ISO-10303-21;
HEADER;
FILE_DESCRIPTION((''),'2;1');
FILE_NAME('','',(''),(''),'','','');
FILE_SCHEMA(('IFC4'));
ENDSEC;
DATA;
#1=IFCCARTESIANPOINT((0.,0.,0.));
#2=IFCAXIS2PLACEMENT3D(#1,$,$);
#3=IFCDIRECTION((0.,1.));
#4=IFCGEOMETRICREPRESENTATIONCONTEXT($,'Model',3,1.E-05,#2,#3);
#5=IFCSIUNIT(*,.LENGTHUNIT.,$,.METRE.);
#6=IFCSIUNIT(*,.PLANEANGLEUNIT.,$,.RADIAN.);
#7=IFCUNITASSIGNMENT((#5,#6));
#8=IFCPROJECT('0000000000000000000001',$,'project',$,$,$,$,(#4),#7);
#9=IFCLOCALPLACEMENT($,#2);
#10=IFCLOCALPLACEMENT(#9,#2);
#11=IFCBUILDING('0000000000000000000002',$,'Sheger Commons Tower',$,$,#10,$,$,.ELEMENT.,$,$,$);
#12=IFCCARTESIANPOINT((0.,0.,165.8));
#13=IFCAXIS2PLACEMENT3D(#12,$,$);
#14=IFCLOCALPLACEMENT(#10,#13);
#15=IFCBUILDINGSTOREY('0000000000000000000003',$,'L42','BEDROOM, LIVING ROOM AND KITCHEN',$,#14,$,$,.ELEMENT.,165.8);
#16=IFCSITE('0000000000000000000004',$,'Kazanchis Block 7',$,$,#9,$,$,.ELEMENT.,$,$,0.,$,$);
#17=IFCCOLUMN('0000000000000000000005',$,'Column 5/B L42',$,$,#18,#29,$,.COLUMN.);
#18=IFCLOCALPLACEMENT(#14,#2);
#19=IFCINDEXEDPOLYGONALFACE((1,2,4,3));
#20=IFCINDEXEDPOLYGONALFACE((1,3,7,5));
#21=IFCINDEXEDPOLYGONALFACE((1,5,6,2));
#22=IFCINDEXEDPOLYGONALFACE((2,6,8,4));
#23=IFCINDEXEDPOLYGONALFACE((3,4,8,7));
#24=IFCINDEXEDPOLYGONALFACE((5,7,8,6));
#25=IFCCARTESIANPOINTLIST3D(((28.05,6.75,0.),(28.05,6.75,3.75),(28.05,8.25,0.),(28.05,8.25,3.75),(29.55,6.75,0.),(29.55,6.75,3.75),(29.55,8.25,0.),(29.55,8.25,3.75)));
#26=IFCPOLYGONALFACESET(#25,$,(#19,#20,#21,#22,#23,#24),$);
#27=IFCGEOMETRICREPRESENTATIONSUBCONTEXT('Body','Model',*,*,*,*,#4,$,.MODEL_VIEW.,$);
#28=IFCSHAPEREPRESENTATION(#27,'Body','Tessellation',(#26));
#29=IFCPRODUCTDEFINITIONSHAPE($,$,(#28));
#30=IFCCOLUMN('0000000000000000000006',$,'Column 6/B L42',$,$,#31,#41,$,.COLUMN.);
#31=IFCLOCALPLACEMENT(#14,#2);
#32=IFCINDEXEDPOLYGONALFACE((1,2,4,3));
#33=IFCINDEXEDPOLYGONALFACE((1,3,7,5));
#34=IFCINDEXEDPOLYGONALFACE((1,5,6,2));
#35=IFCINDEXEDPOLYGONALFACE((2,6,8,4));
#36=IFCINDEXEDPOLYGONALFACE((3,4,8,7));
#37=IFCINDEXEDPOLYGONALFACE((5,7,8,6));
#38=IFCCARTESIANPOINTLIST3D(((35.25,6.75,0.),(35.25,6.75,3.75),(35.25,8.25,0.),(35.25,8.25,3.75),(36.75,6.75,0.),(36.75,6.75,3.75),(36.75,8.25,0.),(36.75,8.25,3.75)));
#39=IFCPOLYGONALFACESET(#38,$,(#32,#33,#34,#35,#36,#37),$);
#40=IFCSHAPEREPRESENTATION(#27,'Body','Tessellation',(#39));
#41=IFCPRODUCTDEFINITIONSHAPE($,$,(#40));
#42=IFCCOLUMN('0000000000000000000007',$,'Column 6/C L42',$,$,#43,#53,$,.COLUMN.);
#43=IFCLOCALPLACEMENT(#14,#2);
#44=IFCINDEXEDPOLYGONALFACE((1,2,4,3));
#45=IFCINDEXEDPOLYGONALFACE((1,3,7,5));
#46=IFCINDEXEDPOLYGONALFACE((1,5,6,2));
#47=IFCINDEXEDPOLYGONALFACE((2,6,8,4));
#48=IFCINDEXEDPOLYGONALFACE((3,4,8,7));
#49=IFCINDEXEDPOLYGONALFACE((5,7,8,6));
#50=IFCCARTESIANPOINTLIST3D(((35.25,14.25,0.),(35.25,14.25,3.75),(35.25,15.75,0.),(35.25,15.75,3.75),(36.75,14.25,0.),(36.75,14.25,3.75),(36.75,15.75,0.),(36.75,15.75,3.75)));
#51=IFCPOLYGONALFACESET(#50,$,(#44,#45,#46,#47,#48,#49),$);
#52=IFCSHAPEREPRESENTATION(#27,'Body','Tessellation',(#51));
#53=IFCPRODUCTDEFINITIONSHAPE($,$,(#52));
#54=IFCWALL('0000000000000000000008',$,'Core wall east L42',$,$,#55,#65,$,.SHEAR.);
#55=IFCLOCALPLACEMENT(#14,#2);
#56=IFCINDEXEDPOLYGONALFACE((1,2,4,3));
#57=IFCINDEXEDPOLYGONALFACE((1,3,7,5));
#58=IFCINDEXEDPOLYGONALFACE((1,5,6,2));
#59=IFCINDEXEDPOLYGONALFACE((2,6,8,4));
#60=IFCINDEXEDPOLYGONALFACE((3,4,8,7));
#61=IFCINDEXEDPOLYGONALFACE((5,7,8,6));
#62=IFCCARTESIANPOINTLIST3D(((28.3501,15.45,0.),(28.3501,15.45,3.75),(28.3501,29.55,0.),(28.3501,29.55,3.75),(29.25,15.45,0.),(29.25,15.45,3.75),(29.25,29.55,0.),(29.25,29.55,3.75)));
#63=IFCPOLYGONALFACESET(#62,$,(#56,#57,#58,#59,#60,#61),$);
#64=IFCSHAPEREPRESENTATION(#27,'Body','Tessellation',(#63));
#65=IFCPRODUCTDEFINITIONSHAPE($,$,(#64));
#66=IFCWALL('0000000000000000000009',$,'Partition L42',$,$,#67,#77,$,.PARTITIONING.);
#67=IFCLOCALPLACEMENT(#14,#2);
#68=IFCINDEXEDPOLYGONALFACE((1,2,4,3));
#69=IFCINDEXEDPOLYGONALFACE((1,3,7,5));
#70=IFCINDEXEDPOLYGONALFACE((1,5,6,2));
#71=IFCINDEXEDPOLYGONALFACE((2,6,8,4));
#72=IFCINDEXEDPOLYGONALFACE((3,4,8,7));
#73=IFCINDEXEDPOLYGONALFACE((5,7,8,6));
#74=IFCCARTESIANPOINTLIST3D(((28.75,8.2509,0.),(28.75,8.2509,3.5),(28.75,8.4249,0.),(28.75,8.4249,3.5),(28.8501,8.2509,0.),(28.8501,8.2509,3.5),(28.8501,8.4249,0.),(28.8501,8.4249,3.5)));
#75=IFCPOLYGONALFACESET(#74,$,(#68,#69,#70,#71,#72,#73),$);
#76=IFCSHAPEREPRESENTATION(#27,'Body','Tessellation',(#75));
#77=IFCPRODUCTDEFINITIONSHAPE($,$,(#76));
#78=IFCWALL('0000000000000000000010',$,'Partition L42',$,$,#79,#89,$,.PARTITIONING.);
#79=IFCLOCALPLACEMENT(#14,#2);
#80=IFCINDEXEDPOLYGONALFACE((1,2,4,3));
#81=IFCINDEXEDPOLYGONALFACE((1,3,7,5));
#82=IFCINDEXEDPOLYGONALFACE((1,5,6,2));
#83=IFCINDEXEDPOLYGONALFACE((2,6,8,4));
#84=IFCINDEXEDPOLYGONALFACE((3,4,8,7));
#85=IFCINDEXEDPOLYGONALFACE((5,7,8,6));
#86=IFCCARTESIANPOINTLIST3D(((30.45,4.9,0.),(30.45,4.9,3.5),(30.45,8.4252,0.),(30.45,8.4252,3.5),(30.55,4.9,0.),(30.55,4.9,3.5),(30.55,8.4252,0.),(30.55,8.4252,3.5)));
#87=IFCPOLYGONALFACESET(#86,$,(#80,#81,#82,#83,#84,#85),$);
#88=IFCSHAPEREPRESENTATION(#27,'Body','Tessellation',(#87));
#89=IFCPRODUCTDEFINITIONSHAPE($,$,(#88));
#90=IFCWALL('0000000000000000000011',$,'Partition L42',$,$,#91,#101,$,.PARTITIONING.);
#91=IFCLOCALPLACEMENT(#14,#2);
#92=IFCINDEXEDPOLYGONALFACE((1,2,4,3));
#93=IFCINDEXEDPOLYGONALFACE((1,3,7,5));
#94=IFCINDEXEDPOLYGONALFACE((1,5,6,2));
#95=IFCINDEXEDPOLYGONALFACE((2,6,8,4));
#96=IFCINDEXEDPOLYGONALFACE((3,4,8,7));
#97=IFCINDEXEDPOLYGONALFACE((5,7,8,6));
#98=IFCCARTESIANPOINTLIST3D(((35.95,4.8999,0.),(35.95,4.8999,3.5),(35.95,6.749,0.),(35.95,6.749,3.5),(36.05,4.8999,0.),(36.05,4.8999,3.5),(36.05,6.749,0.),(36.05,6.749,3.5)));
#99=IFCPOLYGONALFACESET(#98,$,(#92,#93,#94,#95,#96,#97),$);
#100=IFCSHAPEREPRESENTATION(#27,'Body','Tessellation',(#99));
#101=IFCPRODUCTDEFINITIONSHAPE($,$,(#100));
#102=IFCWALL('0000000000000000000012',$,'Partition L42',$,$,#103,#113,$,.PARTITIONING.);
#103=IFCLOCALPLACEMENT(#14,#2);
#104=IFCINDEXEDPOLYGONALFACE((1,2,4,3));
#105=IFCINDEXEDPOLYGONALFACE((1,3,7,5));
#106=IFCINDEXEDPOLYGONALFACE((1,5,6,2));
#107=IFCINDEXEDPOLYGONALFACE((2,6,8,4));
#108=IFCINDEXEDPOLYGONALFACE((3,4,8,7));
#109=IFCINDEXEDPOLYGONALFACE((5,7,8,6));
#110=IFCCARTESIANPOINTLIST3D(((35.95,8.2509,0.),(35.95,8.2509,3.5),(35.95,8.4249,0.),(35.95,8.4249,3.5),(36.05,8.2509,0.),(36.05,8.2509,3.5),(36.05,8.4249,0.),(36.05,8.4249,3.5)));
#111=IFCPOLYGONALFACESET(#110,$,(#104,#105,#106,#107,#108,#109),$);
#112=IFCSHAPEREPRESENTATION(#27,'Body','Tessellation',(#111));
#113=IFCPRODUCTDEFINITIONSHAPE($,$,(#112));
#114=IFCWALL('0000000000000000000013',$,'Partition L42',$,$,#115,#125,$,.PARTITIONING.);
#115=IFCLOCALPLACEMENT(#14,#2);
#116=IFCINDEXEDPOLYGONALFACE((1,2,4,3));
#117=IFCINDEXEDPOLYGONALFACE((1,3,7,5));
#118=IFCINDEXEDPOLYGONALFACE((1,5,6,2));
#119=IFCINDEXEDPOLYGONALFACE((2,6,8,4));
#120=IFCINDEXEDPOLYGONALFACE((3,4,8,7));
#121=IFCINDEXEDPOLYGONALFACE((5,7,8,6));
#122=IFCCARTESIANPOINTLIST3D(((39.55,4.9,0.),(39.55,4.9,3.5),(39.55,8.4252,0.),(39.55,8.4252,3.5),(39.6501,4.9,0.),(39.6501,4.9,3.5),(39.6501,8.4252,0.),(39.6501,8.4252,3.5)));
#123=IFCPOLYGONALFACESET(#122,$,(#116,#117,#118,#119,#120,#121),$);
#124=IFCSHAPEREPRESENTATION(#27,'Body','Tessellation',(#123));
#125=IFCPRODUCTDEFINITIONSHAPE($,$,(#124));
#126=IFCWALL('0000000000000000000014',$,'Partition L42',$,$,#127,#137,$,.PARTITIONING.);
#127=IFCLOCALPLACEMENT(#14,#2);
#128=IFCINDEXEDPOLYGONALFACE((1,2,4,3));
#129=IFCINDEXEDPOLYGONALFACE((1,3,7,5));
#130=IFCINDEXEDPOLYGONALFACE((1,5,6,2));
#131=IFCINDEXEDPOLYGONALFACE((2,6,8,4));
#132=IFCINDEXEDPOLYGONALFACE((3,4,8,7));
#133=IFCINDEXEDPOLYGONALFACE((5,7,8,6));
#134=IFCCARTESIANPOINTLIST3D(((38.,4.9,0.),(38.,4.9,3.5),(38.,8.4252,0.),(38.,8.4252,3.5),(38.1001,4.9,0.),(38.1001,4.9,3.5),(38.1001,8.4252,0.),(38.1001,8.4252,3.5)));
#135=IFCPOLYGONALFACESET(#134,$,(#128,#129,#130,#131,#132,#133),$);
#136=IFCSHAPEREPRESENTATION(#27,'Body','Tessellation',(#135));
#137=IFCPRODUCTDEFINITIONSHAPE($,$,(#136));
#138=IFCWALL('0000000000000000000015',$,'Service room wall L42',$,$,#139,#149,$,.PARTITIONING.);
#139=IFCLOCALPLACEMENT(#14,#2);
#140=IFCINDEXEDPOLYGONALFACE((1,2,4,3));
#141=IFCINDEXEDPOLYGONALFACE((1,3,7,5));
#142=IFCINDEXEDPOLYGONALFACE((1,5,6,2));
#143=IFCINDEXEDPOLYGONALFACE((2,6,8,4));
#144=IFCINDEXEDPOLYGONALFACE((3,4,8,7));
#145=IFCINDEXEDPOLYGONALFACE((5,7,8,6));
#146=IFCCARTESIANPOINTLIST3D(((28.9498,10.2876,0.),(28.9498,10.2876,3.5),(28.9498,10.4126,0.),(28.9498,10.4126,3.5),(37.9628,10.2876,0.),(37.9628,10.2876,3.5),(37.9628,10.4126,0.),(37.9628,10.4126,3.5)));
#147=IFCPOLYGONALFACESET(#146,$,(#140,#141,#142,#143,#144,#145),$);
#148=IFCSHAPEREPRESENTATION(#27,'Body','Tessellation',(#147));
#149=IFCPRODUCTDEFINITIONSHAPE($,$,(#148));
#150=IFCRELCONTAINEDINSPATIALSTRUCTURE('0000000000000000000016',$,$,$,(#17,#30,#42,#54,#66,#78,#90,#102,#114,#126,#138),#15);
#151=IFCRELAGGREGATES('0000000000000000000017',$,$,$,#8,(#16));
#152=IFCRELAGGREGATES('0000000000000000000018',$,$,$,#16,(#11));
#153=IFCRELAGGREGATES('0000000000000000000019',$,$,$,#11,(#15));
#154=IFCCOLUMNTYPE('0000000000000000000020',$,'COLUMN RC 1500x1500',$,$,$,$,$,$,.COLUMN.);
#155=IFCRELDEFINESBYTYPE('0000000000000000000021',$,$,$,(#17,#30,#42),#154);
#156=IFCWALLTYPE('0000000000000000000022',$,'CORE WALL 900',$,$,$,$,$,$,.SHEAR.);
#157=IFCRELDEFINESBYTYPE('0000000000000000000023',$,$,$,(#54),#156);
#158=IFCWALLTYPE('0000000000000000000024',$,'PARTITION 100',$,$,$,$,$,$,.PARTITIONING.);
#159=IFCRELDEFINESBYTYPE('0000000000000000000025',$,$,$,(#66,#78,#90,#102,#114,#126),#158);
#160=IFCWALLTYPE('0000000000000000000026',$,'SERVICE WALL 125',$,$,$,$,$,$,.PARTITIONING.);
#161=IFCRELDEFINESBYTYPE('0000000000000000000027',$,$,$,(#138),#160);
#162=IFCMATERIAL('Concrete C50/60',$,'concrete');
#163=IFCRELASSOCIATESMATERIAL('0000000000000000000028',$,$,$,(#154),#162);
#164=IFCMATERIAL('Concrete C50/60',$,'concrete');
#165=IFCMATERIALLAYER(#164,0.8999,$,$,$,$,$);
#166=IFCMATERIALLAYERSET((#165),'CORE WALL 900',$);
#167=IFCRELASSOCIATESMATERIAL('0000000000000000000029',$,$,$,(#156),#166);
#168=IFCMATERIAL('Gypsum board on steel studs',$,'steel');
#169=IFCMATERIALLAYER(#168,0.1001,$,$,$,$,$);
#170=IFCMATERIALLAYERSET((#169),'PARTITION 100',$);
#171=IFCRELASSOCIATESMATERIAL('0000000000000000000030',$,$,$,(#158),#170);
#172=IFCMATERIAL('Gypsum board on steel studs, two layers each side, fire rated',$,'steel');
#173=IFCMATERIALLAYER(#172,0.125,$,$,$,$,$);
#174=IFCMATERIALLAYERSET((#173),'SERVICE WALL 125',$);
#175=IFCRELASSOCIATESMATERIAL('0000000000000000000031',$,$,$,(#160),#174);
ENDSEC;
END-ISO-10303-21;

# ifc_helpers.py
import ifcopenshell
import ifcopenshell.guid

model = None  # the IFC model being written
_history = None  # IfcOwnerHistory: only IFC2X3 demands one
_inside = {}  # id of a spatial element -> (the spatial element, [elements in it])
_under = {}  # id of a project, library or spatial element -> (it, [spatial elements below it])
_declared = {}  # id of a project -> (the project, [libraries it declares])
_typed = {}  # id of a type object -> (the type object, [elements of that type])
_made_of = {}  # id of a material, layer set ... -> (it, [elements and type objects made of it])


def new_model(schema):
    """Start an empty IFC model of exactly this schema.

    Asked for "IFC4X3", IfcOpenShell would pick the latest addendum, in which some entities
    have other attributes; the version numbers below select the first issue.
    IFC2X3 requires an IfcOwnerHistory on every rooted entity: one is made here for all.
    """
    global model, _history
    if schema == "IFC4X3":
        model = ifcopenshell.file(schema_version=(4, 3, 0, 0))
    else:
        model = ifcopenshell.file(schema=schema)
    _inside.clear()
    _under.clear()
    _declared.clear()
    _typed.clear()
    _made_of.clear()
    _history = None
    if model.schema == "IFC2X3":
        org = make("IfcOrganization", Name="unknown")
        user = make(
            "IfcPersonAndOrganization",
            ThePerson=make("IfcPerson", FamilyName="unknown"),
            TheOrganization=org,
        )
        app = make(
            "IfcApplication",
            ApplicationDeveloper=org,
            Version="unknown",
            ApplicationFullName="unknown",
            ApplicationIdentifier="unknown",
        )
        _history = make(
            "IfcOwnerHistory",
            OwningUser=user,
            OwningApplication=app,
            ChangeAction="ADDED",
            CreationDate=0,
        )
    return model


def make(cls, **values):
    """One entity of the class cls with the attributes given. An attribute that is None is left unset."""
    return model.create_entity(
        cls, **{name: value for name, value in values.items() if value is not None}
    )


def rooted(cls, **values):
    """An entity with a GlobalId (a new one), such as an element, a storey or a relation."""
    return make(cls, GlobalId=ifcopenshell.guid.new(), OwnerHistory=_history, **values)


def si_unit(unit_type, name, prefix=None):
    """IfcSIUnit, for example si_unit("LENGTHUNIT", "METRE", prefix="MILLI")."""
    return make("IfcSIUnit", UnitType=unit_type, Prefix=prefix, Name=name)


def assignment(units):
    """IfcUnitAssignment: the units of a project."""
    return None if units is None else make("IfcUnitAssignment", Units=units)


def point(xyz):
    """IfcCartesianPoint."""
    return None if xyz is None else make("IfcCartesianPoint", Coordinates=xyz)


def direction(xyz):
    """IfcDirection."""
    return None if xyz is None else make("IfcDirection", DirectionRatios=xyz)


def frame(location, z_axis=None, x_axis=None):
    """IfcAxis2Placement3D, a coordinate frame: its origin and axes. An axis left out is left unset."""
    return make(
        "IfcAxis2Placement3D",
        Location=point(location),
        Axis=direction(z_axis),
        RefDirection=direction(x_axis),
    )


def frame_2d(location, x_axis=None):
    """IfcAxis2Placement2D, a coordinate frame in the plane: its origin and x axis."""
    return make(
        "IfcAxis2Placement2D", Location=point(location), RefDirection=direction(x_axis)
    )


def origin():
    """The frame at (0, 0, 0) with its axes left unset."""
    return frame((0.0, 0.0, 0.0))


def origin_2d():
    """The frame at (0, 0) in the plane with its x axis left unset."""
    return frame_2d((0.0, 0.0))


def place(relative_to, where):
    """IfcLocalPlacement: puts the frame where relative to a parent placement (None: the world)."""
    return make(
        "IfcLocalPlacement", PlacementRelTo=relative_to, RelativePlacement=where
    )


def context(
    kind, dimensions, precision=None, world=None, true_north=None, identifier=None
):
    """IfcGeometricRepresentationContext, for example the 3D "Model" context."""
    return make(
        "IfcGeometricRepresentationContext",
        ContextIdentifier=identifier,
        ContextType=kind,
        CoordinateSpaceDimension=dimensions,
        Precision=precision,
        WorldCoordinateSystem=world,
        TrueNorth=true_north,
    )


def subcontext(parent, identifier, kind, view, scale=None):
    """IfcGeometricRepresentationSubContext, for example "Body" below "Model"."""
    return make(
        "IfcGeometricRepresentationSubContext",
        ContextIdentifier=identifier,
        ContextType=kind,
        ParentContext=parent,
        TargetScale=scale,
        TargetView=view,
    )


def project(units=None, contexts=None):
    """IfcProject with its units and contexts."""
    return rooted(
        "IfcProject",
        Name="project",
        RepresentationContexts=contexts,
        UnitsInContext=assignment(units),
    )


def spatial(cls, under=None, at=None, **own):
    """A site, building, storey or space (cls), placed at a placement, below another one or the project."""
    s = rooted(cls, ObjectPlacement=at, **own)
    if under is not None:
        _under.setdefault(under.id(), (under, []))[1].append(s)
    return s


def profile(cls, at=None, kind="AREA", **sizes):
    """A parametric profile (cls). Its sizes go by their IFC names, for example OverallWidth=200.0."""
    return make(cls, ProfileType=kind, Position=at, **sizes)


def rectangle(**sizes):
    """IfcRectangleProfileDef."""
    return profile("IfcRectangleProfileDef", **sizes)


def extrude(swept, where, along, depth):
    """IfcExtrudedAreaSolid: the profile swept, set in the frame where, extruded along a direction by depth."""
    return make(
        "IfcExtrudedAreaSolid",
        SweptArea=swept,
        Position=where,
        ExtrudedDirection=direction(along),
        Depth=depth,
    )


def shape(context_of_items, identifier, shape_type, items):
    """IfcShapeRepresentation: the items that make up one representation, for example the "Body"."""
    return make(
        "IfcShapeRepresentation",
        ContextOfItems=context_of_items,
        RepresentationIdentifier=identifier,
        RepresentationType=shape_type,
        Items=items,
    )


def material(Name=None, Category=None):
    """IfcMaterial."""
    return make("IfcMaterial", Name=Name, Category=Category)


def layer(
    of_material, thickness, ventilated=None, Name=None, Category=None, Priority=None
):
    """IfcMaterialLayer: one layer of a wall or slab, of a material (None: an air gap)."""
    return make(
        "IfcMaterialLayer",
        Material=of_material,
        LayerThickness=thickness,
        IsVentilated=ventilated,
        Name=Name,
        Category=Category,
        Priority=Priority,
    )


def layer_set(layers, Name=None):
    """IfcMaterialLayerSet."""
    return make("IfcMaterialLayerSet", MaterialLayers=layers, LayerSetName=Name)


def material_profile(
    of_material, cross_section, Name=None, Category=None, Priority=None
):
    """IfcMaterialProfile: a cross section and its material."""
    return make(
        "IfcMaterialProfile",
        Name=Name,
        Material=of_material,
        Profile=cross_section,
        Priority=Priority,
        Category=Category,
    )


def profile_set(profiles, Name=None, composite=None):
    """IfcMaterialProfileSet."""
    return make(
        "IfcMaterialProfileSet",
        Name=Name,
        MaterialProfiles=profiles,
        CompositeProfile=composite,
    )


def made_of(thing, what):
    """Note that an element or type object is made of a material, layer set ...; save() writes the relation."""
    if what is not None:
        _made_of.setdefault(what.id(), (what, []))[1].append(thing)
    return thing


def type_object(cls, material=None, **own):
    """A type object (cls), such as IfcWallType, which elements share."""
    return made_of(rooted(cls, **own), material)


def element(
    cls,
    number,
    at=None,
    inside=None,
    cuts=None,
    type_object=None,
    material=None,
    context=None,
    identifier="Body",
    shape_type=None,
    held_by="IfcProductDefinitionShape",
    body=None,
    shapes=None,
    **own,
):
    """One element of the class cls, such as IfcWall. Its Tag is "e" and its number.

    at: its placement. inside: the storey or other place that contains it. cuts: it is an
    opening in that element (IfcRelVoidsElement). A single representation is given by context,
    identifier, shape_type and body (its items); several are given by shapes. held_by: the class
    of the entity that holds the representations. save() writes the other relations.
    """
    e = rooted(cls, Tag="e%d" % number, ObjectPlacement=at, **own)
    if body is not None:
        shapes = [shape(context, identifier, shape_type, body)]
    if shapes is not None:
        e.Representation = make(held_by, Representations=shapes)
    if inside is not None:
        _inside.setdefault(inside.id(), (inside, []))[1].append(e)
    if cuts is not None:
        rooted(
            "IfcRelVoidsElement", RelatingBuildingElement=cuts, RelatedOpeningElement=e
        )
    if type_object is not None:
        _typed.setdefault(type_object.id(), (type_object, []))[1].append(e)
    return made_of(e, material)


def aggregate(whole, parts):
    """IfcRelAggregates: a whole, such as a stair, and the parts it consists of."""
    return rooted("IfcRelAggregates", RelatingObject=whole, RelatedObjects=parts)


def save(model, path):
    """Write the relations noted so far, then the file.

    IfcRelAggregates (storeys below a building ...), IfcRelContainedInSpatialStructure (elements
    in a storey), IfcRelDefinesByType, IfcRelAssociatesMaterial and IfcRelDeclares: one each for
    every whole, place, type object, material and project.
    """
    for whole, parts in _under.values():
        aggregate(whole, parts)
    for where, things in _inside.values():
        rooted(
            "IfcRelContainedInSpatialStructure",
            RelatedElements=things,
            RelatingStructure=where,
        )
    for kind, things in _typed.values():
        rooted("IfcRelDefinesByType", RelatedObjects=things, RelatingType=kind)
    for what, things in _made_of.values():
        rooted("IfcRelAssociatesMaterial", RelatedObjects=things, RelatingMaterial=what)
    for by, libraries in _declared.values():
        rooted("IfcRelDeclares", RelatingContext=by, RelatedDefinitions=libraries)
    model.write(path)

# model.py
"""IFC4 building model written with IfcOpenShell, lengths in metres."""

from ifc_helpers import new_model, si_unit, direction, frame, frame_2d, origin, origin_2d, place, context, subcontext, project, spatial, rectangle, extrude, material, layer, layer_set, material_profile, profile_set, type_object, element, save


model = new_model("IFC4")

# Units and contexts
model_context = context("Model", 3, precision=1e-05, world=origin(), true_north=direction((0.0, 1.0)))
body_context = subcontext(model_context, "Body", "Model", "MODEL_VIEW")
ifc_project = project(units=[si_unit("LENGTHUNIT", "METRE"), si_unit("PLANEANGLEUNIT", "RADIAN")], contexts=[model_context])

# Site, building, storey
site_placement = place(None, origin())
site = spatial("IfcSite", under=ifc_project, at=site_placement, Name="Kazanchis Block 7", CompositionType="ELEMENT", RefElevation=0.0)
building_placement = place(site_placement, origin())
building = spatial("IfcBuilding", under=site, at=building_placement, Name="Sheger Commons Tower", CompositionType="ELEMENT")
storey_placement = place(building_placement, frame((0.0, 0.0, 165.8)))
storey = spatial("IfcBuildingStorey", under=building, at=storey_placement, Name="L42", Description="BEDROOM, LIVING ROOM AND KITCHEN", CompositionType="ELEMENT", Elevation=165.8)

# Columns
ifc_material_1 = material(Name="Concrete C50/60", Category="concrete")
ifc_material_profile = material_profile(ifc_material_1, rectangle(XDim=1.5, YDim=1.5, at=origin_2d()), Name="RC 1500x1500")
ifc_profile_set = profile_set([ifc_material_profile], Name="Concrete C50/60")
column_type = type_object("IfcColumnType", Name="COLUMN RC 1500x1500", PredefinedType="COLUMN", material=ifc_profile_set)
for number, where, z_axis, x_axis, name in (
    (1, (28.8, 7.5, 0.0), (0.0, 0.0, 1.0), (1.0, 0.0, 0.0), "Column 5/B L42"),
    (2, (36.0, 7.5, 0.0), (0.0, 0.0, 1.0), (1.0, 0.0, 0.0), "Column 6/B L42"),
    (3, (36.0, 15.0, 0.0), (0.0, 0.0, 1.0), (1.0, 0.0, 0.0), "Column 6/C L42"),
):
    element("IfcColumn", number, at=place(storey_placement, frame(where, z_axis=z_axis, x_axis=x_axis)), inside=storey, type_object=column_type, Name=name, PredefinedType="COLUMN", context=body_context, shape_type="SweptSolid", body=[
        extrude(rectangle(XDim=1.5, YDim=1.5, at=origin_2d()), origin(), (0.0, 0.0, 1.0), 3.75),
    ])

# Walls
ifc_material_2 = material(Name="Concrete C50/60", Category="concrete")
ifc_layer_1 = layer(ifc_material_2, 0.8999)
ifc_layer_set_1 = layer_set([ifc_layer_1], Name="CORE WALL 900")
wall_type_1 = type_object("IfcWallType", Name="CORE WALL 900", PredefinedType="SHEAR", material=ifc_layer_set_1)
wall_1_placement = place(storey_placement, frame((28.8, 15.45, 0.0), z_axis=(0.0, 0.0, 1.0), x_axis=(0.0, 1.0, 0.0)))
element("IfcWall", 4, at=wall_1_placement, inside=storey, type_object=wall_type_1, Name="Core wall east L42", PredefinedType="SHEAR", context=body_context, shape_type="SweptSolid", body=[
    extrude(rectangle(XDim=14.1001, YDim=0.8999, at=frame_2d((7.05, 0.0))), origin(), (0.0, 0.0, 1.0), 3.75),
])
ifc_material_3 = material(Name="Gypsum board on steel studs", Category="steel")
ifc_layer_2 = layer(ifc_material_3, 0.1001)
ifc_layer_set_2 = layer_set([ifc_layer_2], Name="PARTITION 100")
wall_type_2 = type_object("IfcWallType", Name="PARTITION 100", PredefinedType="PARTITIONING", material=ifc_layer_set_2)
wall_2_placement = place(storey_placement, frame((28.8, 8.251, 0.0), z_axis=(0.0, 0.0, 1.0), x_axis=(0.0, 1.0, 0.0)))
element("IfcWall", 5, at=wall_2_placement, inside=storey, type_object=wall_type_2, Name="Partition L42", PredefinedType="PARTITIONING", context=body_context, shape_type="SweptSolid", body=[
    extrude(rectangle(XDim=0.1741, YDim=0.1001, at=frame_2d((0.0869, 0.0))), origin(), (0.0, 0.0, 1.0), 3.5),
])
wall_3_placement = place(storey_placement, frame((30.5, 4.8999, 0.0), z_axis=(0.0, 0.0, 1.0), x_axis=(0.0, 1.0, 0.0)))
element("IfcWall", 6, at=wall_3_placement, inside=storey, type_object=wall_type_2, Name="Partition L42", PredefinedType="PARTITIONING", context=body_context, shape_type="SweptSolid", body=[
    extrude(rectangle(XDim=3.5251, YDim=0.1001, at=frame_2d((1.7627, 0.0))), origin(), (0.0, 0.0, 1.0), 3.5),
])
wall_4_placement = place(storey_placement, frame((36.0, 4.8999, 0.0), z_axis=(0.0, 0.0, 1.0), x_axis=(0.0, 1.0, 0.0)))
element("IfcWall", 7, at=wall_4_placement, inside=storey, type_object=wall_type_2, Name="Partition L42", PredefinedType="PARTITIONING", context=body_context, shape_type="SweptSolid", body=[
    extrude(rectangle(XDim=1.8491, YDim=0.1001, at=frame_2d((0.9246, 0.0))), origin(), (0.0, 0.0, 1.0), 3.5),
])
wall_5_placement = place(storey_placement, frame((36.0, 8.251, 0.0), z_axis=(0.0, 0.0, 1.0), x_axis=(0.0, 1.0, 0.0)))
element("IfcWall", 8, at=wall_5_placement, inside=storey, type_object=wall_type_2, Name="Partition L42", PredefinedType="PARTITIONING", context=body_context, shape_type="SweptSolid", body=[
    extrude(rectangle(XDim=0.1741, YDim=0.1001, at=frame_2d((0.0869, 0.0))), origin(), (0.0, 0.0, 1.0), 3.5),
])
for number, where, z_axis, x_axis, name in (
    (9, (39.6001, 4.8999, 0.0), (0.0, 0.0, 1.0), (0.0, 1.0, 0.0), "Partition L42"),
    (10, (38.05, 4.8999, 0.0), (0.0, 0.0, 1.0), (0.0, 1.0, 0.0), "Partition L42"),
):
    element("IfcWall", number, at=place(storey_placement, frame(where, z_axis=z_axis, x_axis=x_axis)), inside=storey, type_object=wall_type_2, Name=name, PredefinedType="PARTITIONING", context=body_context, shape_type="SweptSolid", body=[
        extrude(rectangle(XDim=3.5251, YDim=0.1001, at=frame_2d((1.7627, 0.0))), origin(), (0.0, 0.0, 1.0), 3.5),
    ])
ifc_material_4 = material(Name="Gypsum board on steel studs, two layers each side, fire rated", Category="steel")
ifc_layer_3 = layer(ifc_material_4, 0.125)
ifc_layer_set_3 = layer_set([ifc_layer_3], Name="SERVICE WALL 125")
wall_type_3 = type_object("IfcWallType", Name="SERVICE WALL 125", PredefinedType="PARTITIONING", material=ifc_layer_set_3)
wall_6_placement = place(storey_placement, frame((28.95, 10.3501, 0.0), z_axis=(0.0, 0.0, 1.0), x_axis=(1.0, 0.0, 0.0)))
element("IfcWall", 11, at=wall_6_placement, inside=storey, type_object=wall_type_3, Name="Service room wall L42", PredefinedType="PARTITIONING", context=body_context, shape_type="SweptSolid", body=[
    extrude(rectangle(XDim=9.0129, YDim=0.125, at=frame_2d((4.5063, 0.0))), origin(), (0.0, 0.0, 1.0), 3.5),
])

save(model, "model.ifc")
